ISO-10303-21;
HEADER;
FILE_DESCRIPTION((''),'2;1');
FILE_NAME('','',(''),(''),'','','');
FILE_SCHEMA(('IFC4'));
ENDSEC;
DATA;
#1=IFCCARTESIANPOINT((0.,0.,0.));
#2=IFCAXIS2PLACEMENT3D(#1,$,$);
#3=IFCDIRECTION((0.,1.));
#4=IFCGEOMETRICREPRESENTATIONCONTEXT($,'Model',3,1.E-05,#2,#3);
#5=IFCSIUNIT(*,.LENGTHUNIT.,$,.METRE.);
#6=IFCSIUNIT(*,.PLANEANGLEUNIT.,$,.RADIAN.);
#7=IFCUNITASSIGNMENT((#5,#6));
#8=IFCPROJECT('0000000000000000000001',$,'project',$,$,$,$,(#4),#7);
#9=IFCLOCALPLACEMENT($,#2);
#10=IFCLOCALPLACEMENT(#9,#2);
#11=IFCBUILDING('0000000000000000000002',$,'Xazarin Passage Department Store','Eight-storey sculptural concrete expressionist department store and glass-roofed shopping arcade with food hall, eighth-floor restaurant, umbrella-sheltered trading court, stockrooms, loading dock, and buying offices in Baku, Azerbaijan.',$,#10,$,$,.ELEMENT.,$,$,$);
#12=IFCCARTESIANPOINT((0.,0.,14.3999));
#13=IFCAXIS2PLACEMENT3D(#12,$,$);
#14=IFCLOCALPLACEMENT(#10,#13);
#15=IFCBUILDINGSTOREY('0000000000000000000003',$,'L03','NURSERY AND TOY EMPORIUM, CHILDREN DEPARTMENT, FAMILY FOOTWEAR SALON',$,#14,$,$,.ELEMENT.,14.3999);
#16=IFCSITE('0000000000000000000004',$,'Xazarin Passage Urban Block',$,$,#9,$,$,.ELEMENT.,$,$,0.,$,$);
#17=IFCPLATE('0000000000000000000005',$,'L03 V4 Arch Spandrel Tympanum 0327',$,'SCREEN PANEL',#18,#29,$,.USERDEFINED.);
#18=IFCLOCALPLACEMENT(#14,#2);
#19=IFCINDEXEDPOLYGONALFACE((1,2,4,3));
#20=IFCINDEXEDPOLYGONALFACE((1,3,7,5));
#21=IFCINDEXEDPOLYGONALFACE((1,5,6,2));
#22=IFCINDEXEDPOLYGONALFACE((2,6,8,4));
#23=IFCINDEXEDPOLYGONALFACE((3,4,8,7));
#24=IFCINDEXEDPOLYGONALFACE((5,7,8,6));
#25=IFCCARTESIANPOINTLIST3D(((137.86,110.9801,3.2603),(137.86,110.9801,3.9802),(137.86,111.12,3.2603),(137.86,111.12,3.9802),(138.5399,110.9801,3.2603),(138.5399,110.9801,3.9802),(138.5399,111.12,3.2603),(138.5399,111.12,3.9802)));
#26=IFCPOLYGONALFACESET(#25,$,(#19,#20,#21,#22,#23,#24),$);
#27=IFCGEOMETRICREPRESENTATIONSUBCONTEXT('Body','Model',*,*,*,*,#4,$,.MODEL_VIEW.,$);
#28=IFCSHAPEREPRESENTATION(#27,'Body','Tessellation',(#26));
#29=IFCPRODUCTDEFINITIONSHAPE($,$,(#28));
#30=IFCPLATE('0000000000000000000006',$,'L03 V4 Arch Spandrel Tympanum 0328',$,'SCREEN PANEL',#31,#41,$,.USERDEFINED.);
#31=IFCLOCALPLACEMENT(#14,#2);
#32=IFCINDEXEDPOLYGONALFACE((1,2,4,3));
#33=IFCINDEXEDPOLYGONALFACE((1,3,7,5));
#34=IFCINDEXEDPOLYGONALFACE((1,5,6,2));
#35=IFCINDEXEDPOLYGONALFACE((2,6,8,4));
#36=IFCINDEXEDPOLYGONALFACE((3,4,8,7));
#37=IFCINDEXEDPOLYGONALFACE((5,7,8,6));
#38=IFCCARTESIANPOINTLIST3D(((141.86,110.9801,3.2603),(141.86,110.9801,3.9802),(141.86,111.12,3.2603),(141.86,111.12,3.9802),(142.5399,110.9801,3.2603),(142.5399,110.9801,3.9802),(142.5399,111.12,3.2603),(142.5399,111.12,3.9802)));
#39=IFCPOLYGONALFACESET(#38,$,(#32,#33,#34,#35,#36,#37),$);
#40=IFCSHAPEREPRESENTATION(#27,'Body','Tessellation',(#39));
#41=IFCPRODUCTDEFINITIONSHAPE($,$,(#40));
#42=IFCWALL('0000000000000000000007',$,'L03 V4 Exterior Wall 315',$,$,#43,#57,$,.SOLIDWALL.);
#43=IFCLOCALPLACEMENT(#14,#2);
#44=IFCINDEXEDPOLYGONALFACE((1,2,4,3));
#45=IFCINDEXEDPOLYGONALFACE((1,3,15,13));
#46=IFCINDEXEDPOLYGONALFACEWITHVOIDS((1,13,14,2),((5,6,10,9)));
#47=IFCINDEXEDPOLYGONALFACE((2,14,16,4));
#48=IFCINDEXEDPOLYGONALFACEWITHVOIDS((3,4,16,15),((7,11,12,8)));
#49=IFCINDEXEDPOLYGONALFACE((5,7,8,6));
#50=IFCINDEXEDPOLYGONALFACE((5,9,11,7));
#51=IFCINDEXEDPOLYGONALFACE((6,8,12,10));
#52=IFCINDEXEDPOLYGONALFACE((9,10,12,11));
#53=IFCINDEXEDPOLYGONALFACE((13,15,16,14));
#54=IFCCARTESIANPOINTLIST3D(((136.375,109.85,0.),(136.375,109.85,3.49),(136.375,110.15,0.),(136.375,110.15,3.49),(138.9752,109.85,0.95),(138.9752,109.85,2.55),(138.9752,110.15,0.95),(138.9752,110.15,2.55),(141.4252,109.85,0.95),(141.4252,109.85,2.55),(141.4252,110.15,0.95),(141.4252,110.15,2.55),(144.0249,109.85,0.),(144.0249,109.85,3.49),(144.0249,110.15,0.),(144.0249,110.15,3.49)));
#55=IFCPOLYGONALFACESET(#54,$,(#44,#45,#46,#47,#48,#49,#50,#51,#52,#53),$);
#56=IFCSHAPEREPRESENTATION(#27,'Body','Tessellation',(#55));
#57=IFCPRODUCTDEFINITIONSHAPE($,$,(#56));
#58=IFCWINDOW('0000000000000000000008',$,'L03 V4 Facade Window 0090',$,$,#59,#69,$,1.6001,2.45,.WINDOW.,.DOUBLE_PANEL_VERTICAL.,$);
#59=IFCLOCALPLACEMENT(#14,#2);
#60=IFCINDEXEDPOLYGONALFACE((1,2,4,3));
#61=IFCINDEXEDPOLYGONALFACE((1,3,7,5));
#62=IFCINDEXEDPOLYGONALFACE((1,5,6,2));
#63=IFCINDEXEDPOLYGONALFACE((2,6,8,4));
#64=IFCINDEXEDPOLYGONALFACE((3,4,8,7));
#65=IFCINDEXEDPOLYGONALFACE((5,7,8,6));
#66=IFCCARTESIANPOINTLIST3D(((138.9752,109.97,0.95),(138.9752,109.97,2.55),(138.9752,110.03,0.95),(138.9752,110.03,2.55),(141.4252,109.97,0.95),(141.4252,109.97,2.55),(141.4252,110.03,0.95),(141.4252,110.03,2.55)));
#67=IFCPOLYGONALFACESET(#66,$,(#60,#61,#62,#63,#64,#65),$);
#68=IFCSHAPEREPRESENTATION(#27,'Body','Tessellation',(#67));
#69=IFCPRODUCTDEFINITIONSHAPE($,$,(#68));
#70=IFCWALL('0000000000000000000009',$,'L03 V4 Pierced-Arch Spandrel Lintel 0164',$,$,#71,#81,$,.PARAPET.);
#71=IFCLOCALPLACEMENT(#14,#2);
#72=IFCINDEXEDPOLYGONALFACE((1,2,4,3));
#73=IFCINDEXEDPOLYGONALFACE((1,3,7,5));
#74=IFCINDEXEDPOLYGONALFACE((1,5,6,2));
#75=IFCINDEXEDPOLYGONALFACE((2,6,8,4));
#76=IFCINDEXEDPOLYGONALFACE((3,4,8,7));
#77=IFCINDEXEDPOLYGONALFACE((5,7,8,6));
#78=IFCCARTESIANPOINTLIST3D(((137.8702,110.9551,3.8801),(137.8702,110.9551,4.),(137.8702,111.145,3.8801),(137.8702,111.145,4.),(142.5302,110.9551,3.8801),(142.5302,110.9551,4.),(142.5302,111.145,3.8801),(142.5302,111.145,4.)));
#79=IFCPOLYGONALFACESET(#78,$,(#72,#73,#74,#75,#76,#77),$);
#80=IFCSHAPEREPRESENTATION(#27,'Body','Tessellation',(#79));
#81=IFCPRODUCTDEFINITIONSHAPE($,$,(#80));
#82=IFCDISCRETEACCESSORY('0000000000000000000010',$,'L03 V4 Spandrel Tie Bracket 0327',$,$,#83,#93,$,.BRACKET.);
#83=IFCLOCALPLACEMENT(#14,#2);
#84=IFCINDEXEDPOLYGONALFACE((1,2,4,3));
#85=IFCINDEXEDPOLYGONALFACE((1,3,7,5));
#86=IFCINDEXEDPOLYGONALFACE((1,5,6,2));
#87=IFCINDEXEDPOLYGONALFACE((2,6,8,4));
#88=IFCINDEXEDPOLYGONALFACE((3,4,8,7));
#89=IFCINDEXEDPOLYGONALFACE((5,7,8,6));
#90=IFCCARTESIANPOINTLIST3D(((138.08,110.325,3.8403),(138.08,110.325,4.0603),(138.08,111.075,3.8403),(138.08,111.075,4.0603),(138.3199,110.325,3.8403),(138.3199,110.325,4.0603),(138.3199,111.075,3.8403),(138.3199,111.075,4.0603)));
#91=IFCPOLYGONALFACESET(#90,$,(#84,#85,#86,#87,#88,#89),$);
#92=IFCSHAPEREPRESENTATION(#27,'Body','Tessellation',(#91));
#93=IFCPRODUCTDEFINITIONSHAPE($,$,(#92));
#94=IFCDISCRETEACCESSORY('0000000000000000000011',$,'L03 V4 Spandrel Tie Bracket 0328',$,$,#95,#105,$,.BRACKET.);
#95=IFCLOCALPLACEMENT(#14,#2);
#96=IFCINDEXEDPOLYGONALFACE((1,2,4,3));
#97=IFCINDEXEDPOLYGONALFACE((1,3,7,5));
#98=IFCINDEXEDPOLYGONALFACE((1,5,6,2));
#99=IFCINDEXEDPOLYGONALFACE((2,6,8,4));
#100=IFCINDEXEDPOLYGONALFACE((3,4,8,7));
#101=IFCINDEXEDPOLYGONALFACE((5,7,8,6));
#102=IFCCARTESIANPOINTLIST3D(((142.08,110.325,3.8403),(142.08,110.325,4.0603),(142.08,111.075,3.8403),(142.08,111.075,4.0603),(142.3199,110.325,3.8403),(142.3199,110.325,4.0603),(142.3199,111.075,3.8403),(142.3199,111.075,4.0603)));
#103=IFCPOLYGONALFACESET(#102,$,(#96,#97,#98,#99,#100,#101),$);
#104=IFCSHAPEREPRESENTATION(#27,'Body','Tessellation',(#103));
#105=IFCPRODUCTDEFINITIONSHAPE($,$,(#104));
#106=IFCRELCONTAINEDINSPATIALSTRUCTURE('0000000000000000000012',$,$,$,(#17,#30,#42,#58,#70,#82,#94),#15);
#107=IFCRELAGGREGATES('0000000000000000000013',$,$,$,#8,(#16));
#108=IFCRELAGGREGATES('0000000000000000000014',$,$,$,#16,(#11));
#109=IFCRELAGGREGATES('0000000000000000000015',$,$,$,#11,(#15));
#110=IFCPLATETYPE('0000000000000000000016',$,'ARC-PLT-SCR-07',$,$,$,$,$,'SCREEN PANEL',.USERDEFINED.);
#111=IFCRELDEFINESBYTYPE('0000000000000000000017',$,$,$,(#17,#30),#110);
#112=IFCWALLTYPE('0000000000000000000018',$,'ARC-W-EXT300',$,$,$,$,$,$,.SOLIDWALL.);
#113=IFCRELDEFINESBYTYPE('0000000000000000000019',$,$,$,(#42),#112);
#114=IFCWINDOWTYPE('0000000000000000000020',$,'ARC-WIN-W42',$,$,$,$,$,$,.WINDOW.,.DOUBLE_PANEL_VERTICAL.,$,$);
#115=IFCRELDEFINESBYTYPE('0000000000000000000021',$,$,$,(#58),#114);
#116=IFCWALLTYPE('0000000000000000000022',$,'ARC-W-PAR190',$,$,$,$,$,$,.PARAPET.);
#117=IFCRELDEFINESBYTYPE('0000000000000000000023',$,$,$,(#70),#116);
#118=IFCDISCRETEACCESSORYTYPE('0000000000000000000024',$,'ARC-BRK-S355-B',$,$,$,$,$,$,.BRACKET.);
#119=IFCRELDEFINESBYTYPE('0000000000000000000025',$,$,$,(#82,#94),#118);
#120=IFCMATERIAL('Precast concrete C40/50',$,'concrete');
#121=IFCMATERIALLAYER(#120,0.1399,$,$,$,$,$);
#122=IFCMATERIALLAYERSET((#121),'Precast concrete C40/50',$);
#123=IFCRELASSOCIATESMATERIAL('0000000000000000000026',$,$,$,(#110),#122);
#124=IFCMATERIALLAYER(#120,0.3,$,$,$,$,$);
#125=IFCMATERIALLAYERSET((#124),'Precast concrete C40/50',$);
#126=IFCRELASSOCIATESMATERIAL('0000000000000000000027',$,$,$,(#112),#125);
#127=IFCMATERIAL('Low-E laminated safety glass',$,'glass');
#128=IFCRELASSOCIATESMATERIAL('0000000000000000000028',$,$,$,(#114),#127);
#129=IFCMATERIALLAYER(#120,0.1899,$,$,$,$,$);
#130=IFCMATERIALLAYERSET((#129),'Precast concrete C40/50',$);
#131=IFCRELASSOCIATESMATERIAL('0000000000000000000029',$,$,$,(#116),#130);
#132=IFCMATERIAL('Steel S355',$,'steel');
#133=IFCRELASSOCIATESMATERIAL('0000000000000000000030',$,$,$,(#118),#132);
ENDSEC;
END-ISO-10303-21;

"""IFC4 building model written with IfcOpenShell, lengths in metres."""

from ifc_helpers import new_model, si_unit, direction, frame, frame_2d, origin, origin_2d, place, context, subcontext, project, spatial, rectangle, extrude, material, layer, layer_set, type_object, element, fill, save


model = new_model("IFC4")

# Units and contexts
model_context = context("Model", 3, precision=1e-05, world=origin(), true_north=direction((0.0, 1.0)))
body_context = subcontext(model_context, "Body", "Model", "MODEL_VIEW")
ifc_project = project(units=[si_unit("LENGTHUNIT", "METRE"), si_unit("PLANEANGLEUNIT", "RADIAN")], contexts=[model_context])

# Site, building, storey
site_placement = place(None, origin())
site = spatial("IfcSite", under=ifc_project, at=site_placement, Name="Xazarin Passage Urban Block", CompositionType="ELEMENT", RefElevation=0.0)
building_placement = place(site_placement, origin())
building = spatial("IfcBuilding", under=site, at=building_placement, Name="Xazarin Passage Department Store", Description="Eight-storey sculptural concrete expressionist department store and glass-roofed shopping arcade with food hall, eighth-floor restaurant, umbrella-sheltered trading court, stockrooms, loading dock, and buying offices in Baku, Azerbaijan.", CompositionType="ELEMENT")
storey_placement = place(building_placement, frame((0.0, 0.0, 14.3999)))
storey = spatial("IfcBuildingStorey", under=building, at=storey_placement, Name="L03", Description="NURSERY AND TOY EMPORIUM, CHILDREN DEPARTMENT, FAMILY FOOTWEAR SALON", CompositionType="ELEMENT", Elevation=14.3999)

# Plates
ifc_material_1 = material(Name="Precast concrete C40/50", Category="concrete")
ifc_layer_1 = layer(ifc_material_1, 0.1399)
ifc_layer_set_1 = layer_set([ifc_layer_1], Name="Precast concrete C40/50")
plate_type = type_object("IfcPlateType", Name="ARC-PLT-SCR-07", ElementType="SCREEN PANEL", PredefinedType="USERDEFINED", material=ifc_layer_set_1)
for number, where, z_axis, x_axis, name in (
    (1, (138.2, 111.05, 3.2603), (0.0, 0.0, 1.0), (1.0, 0.0, 0.0), "L03 V4 Arch Spandrel Tympanum 0327"),
    (2, (142.2, 111.05, 3.2603), (0.0, 0.0, 1.0), (1.0, 0.0, 0.0), "L03 V4 Arch Spandrel Tympanum 0328"),
):
    element("IfcPlate", number, at=place(storey_placement, frame(where, z_axis=z_axis, x_axis=x_axis)), inside=storey, type_object=plate_type, Name=name, ObjectType="SCREEN PANEL", PredefinedType="USERDEFINED", context=body_context, shape_type="SweptSolid", body=[
        extrude(rectangle(XDim=0.6799, YDim=0.1399, at=origin_2d()), origin(), (0.0, 0.0, 1.0), 0.72),
    ])

# Wall, opening, window
ifc_layer_2 = layer(ifc_material_1, 0.3)
ifc_layer_set_2 = layer_set([ifc_layer_2], Name="Precast concrete C40/50")
wall_type_1 = type_object("IfcWallType", Name="ARC-W-EXT300", PredefinedType="SOLIDWALL", material=ifc_layer_set_2)
wall_1_placement = place(storey_placement, frame((136.375, 110.0, 0.0), z_axis=(0.0, 0.0, 1.0), x_axis=(1.0, 0.0, 0.0)))
wall_1 = element("IfcWall", 3, at=wall_1_placement, inside=storey, type_object=wall_type_1, Name="L03 V4 Exterior Wall 315", PredefinedType="SOLIDWALL", context=body_context, shape_type="SweptSolid", body=[
    extrude(rectangle(XDim=7.6499, YDim=0.3, at=frame_2d((3.825, 0.0))), origin(), (0.0, 0.0, 1.0), 3.49),
])
opening_placement = place(wall_1_placement, frame((2.6001, 0.0, 0.95)))
opening = element("IfcOpeningElement", 4, at=opening_placement, cuts=wall_1, PredefinedType="OPENING", context=body_context, shape_type="SweptSolid", body=[
    extrude(rectangle(XDim=2.45, YDim=1.6001, at=frame_2d((1.2251, 0.8))), frame((0.0, 0.1599, 0.0), z_axis=(0.0, -1.0, 0.0), x_axis=(1.0, 0.0, 0.0)), (0.0, 0.0, 1.0), 0.3201),
])
ifc_material_2 = material(Name="Low-E laminated safety glass", Category="glass")
window_type = type_object("IfcWindowType", Name="ARC-WIN-W42", PartitioningType="DOUBLE_PANEL_VERTICAL", PredefinedType="WINDOW", material=ifc_material_2)
window_placement = place(opening_placement, origin())
window = element("IfcWindow", 5, at=window_placement, inside=storey, type_object=window_type, Name="L03 V4 Facade Window 0090", OverallHeight=1.6001, OverallWidth=2.45, PartitioningType="DOUBLE_PANEL_VERTICAL", PredefinedType="WINDOW", context=body_context, shape_type="SweptSolid", body=[
    extrude(rectangle(XDim=2.45, YDim=1.6001, at=frame_2d((1.2251, 0.8))), frame((0.0, 0.03, 0.0), z_axis=(0.0, -1.0, 0.0), x_axis=(1.0, 0.0, 0.0)), (0.0, 0.0, 1.0), 0.0601),
])
fill(opening, window)

# Wall
ifc_layer_3 = layer(ifc_material_1, 0.1899)
ifc_layer_set_3 = layer_set([ifc_layer_3], Name="Precast concrete C40/50")
wall_type_2 = type_object("IfcWallType", Name="ARC-W-PAR190", PredefinedType="PARAPET", material=ifc_layer_set_3)
wall_2_placement = place(storey_placement, frame((137.8701, 111.05, 3.8801), z_axis=(0.0, 0.0, 1.0), x_axis=(1.0, 0.0, 0.0)))
element("IfcWall", 6, at=wall_2_placement, inside=storey, type_object=wall_type_2, Name="L03 V4 Pierced-Arch Spandrel Lintel 0164", PredefinedType="PARAPET", context=body_context, shape_type="SweptSolid", body=[
    extrude(rectangle(XDim=4.6599, YDim=0.1899, at=frame_2d((2.3301, 0.0))), origin(), (0.0, 0.0, 1.0), 0.1199),
])

# Discrete accessories
ifc_material_3 = material(Name="Steel S355", Category="steel")
discrete_accessory_type = type_object("IfcDiscreteAccessoryType", Name="ARC-BRK-S355-B", PredefinedType="BRACKET", material=ifc_material_3)
for number, where, z_axis, x_axis, name in (
    (7, (138.2, 110.7, 3.8403), (0.0, 0.0, 1.0), (1.0, 0.0, 0.0), "L03 V4 Spandrel Tie Bracket 0327"),
    (8, (142.2, 110.7, 3.8403), (0.0, 0.0, 1.0), (1.0, 0.0, 0.0), "L03 V4 Spandrel Tie Bracket 0328"),
):
    element("IfcDiscreteAccessory", number, at=place(storey_placement, frame(where, z_axis=z_axis, x_axis=x_axis)), inside=storey, type_object=discrete_accessory_type, Name=name, PredefinedType="BRACKET", context=body_context, shape_type="SweptSolid", body=[
        extrude(rectangle(XDim=0.24, YDim=0.75, at=origin_2d()), origin(), (0.0, 0.0, 1.0), 0.22),
    ])

save(model, "model.ifc")
